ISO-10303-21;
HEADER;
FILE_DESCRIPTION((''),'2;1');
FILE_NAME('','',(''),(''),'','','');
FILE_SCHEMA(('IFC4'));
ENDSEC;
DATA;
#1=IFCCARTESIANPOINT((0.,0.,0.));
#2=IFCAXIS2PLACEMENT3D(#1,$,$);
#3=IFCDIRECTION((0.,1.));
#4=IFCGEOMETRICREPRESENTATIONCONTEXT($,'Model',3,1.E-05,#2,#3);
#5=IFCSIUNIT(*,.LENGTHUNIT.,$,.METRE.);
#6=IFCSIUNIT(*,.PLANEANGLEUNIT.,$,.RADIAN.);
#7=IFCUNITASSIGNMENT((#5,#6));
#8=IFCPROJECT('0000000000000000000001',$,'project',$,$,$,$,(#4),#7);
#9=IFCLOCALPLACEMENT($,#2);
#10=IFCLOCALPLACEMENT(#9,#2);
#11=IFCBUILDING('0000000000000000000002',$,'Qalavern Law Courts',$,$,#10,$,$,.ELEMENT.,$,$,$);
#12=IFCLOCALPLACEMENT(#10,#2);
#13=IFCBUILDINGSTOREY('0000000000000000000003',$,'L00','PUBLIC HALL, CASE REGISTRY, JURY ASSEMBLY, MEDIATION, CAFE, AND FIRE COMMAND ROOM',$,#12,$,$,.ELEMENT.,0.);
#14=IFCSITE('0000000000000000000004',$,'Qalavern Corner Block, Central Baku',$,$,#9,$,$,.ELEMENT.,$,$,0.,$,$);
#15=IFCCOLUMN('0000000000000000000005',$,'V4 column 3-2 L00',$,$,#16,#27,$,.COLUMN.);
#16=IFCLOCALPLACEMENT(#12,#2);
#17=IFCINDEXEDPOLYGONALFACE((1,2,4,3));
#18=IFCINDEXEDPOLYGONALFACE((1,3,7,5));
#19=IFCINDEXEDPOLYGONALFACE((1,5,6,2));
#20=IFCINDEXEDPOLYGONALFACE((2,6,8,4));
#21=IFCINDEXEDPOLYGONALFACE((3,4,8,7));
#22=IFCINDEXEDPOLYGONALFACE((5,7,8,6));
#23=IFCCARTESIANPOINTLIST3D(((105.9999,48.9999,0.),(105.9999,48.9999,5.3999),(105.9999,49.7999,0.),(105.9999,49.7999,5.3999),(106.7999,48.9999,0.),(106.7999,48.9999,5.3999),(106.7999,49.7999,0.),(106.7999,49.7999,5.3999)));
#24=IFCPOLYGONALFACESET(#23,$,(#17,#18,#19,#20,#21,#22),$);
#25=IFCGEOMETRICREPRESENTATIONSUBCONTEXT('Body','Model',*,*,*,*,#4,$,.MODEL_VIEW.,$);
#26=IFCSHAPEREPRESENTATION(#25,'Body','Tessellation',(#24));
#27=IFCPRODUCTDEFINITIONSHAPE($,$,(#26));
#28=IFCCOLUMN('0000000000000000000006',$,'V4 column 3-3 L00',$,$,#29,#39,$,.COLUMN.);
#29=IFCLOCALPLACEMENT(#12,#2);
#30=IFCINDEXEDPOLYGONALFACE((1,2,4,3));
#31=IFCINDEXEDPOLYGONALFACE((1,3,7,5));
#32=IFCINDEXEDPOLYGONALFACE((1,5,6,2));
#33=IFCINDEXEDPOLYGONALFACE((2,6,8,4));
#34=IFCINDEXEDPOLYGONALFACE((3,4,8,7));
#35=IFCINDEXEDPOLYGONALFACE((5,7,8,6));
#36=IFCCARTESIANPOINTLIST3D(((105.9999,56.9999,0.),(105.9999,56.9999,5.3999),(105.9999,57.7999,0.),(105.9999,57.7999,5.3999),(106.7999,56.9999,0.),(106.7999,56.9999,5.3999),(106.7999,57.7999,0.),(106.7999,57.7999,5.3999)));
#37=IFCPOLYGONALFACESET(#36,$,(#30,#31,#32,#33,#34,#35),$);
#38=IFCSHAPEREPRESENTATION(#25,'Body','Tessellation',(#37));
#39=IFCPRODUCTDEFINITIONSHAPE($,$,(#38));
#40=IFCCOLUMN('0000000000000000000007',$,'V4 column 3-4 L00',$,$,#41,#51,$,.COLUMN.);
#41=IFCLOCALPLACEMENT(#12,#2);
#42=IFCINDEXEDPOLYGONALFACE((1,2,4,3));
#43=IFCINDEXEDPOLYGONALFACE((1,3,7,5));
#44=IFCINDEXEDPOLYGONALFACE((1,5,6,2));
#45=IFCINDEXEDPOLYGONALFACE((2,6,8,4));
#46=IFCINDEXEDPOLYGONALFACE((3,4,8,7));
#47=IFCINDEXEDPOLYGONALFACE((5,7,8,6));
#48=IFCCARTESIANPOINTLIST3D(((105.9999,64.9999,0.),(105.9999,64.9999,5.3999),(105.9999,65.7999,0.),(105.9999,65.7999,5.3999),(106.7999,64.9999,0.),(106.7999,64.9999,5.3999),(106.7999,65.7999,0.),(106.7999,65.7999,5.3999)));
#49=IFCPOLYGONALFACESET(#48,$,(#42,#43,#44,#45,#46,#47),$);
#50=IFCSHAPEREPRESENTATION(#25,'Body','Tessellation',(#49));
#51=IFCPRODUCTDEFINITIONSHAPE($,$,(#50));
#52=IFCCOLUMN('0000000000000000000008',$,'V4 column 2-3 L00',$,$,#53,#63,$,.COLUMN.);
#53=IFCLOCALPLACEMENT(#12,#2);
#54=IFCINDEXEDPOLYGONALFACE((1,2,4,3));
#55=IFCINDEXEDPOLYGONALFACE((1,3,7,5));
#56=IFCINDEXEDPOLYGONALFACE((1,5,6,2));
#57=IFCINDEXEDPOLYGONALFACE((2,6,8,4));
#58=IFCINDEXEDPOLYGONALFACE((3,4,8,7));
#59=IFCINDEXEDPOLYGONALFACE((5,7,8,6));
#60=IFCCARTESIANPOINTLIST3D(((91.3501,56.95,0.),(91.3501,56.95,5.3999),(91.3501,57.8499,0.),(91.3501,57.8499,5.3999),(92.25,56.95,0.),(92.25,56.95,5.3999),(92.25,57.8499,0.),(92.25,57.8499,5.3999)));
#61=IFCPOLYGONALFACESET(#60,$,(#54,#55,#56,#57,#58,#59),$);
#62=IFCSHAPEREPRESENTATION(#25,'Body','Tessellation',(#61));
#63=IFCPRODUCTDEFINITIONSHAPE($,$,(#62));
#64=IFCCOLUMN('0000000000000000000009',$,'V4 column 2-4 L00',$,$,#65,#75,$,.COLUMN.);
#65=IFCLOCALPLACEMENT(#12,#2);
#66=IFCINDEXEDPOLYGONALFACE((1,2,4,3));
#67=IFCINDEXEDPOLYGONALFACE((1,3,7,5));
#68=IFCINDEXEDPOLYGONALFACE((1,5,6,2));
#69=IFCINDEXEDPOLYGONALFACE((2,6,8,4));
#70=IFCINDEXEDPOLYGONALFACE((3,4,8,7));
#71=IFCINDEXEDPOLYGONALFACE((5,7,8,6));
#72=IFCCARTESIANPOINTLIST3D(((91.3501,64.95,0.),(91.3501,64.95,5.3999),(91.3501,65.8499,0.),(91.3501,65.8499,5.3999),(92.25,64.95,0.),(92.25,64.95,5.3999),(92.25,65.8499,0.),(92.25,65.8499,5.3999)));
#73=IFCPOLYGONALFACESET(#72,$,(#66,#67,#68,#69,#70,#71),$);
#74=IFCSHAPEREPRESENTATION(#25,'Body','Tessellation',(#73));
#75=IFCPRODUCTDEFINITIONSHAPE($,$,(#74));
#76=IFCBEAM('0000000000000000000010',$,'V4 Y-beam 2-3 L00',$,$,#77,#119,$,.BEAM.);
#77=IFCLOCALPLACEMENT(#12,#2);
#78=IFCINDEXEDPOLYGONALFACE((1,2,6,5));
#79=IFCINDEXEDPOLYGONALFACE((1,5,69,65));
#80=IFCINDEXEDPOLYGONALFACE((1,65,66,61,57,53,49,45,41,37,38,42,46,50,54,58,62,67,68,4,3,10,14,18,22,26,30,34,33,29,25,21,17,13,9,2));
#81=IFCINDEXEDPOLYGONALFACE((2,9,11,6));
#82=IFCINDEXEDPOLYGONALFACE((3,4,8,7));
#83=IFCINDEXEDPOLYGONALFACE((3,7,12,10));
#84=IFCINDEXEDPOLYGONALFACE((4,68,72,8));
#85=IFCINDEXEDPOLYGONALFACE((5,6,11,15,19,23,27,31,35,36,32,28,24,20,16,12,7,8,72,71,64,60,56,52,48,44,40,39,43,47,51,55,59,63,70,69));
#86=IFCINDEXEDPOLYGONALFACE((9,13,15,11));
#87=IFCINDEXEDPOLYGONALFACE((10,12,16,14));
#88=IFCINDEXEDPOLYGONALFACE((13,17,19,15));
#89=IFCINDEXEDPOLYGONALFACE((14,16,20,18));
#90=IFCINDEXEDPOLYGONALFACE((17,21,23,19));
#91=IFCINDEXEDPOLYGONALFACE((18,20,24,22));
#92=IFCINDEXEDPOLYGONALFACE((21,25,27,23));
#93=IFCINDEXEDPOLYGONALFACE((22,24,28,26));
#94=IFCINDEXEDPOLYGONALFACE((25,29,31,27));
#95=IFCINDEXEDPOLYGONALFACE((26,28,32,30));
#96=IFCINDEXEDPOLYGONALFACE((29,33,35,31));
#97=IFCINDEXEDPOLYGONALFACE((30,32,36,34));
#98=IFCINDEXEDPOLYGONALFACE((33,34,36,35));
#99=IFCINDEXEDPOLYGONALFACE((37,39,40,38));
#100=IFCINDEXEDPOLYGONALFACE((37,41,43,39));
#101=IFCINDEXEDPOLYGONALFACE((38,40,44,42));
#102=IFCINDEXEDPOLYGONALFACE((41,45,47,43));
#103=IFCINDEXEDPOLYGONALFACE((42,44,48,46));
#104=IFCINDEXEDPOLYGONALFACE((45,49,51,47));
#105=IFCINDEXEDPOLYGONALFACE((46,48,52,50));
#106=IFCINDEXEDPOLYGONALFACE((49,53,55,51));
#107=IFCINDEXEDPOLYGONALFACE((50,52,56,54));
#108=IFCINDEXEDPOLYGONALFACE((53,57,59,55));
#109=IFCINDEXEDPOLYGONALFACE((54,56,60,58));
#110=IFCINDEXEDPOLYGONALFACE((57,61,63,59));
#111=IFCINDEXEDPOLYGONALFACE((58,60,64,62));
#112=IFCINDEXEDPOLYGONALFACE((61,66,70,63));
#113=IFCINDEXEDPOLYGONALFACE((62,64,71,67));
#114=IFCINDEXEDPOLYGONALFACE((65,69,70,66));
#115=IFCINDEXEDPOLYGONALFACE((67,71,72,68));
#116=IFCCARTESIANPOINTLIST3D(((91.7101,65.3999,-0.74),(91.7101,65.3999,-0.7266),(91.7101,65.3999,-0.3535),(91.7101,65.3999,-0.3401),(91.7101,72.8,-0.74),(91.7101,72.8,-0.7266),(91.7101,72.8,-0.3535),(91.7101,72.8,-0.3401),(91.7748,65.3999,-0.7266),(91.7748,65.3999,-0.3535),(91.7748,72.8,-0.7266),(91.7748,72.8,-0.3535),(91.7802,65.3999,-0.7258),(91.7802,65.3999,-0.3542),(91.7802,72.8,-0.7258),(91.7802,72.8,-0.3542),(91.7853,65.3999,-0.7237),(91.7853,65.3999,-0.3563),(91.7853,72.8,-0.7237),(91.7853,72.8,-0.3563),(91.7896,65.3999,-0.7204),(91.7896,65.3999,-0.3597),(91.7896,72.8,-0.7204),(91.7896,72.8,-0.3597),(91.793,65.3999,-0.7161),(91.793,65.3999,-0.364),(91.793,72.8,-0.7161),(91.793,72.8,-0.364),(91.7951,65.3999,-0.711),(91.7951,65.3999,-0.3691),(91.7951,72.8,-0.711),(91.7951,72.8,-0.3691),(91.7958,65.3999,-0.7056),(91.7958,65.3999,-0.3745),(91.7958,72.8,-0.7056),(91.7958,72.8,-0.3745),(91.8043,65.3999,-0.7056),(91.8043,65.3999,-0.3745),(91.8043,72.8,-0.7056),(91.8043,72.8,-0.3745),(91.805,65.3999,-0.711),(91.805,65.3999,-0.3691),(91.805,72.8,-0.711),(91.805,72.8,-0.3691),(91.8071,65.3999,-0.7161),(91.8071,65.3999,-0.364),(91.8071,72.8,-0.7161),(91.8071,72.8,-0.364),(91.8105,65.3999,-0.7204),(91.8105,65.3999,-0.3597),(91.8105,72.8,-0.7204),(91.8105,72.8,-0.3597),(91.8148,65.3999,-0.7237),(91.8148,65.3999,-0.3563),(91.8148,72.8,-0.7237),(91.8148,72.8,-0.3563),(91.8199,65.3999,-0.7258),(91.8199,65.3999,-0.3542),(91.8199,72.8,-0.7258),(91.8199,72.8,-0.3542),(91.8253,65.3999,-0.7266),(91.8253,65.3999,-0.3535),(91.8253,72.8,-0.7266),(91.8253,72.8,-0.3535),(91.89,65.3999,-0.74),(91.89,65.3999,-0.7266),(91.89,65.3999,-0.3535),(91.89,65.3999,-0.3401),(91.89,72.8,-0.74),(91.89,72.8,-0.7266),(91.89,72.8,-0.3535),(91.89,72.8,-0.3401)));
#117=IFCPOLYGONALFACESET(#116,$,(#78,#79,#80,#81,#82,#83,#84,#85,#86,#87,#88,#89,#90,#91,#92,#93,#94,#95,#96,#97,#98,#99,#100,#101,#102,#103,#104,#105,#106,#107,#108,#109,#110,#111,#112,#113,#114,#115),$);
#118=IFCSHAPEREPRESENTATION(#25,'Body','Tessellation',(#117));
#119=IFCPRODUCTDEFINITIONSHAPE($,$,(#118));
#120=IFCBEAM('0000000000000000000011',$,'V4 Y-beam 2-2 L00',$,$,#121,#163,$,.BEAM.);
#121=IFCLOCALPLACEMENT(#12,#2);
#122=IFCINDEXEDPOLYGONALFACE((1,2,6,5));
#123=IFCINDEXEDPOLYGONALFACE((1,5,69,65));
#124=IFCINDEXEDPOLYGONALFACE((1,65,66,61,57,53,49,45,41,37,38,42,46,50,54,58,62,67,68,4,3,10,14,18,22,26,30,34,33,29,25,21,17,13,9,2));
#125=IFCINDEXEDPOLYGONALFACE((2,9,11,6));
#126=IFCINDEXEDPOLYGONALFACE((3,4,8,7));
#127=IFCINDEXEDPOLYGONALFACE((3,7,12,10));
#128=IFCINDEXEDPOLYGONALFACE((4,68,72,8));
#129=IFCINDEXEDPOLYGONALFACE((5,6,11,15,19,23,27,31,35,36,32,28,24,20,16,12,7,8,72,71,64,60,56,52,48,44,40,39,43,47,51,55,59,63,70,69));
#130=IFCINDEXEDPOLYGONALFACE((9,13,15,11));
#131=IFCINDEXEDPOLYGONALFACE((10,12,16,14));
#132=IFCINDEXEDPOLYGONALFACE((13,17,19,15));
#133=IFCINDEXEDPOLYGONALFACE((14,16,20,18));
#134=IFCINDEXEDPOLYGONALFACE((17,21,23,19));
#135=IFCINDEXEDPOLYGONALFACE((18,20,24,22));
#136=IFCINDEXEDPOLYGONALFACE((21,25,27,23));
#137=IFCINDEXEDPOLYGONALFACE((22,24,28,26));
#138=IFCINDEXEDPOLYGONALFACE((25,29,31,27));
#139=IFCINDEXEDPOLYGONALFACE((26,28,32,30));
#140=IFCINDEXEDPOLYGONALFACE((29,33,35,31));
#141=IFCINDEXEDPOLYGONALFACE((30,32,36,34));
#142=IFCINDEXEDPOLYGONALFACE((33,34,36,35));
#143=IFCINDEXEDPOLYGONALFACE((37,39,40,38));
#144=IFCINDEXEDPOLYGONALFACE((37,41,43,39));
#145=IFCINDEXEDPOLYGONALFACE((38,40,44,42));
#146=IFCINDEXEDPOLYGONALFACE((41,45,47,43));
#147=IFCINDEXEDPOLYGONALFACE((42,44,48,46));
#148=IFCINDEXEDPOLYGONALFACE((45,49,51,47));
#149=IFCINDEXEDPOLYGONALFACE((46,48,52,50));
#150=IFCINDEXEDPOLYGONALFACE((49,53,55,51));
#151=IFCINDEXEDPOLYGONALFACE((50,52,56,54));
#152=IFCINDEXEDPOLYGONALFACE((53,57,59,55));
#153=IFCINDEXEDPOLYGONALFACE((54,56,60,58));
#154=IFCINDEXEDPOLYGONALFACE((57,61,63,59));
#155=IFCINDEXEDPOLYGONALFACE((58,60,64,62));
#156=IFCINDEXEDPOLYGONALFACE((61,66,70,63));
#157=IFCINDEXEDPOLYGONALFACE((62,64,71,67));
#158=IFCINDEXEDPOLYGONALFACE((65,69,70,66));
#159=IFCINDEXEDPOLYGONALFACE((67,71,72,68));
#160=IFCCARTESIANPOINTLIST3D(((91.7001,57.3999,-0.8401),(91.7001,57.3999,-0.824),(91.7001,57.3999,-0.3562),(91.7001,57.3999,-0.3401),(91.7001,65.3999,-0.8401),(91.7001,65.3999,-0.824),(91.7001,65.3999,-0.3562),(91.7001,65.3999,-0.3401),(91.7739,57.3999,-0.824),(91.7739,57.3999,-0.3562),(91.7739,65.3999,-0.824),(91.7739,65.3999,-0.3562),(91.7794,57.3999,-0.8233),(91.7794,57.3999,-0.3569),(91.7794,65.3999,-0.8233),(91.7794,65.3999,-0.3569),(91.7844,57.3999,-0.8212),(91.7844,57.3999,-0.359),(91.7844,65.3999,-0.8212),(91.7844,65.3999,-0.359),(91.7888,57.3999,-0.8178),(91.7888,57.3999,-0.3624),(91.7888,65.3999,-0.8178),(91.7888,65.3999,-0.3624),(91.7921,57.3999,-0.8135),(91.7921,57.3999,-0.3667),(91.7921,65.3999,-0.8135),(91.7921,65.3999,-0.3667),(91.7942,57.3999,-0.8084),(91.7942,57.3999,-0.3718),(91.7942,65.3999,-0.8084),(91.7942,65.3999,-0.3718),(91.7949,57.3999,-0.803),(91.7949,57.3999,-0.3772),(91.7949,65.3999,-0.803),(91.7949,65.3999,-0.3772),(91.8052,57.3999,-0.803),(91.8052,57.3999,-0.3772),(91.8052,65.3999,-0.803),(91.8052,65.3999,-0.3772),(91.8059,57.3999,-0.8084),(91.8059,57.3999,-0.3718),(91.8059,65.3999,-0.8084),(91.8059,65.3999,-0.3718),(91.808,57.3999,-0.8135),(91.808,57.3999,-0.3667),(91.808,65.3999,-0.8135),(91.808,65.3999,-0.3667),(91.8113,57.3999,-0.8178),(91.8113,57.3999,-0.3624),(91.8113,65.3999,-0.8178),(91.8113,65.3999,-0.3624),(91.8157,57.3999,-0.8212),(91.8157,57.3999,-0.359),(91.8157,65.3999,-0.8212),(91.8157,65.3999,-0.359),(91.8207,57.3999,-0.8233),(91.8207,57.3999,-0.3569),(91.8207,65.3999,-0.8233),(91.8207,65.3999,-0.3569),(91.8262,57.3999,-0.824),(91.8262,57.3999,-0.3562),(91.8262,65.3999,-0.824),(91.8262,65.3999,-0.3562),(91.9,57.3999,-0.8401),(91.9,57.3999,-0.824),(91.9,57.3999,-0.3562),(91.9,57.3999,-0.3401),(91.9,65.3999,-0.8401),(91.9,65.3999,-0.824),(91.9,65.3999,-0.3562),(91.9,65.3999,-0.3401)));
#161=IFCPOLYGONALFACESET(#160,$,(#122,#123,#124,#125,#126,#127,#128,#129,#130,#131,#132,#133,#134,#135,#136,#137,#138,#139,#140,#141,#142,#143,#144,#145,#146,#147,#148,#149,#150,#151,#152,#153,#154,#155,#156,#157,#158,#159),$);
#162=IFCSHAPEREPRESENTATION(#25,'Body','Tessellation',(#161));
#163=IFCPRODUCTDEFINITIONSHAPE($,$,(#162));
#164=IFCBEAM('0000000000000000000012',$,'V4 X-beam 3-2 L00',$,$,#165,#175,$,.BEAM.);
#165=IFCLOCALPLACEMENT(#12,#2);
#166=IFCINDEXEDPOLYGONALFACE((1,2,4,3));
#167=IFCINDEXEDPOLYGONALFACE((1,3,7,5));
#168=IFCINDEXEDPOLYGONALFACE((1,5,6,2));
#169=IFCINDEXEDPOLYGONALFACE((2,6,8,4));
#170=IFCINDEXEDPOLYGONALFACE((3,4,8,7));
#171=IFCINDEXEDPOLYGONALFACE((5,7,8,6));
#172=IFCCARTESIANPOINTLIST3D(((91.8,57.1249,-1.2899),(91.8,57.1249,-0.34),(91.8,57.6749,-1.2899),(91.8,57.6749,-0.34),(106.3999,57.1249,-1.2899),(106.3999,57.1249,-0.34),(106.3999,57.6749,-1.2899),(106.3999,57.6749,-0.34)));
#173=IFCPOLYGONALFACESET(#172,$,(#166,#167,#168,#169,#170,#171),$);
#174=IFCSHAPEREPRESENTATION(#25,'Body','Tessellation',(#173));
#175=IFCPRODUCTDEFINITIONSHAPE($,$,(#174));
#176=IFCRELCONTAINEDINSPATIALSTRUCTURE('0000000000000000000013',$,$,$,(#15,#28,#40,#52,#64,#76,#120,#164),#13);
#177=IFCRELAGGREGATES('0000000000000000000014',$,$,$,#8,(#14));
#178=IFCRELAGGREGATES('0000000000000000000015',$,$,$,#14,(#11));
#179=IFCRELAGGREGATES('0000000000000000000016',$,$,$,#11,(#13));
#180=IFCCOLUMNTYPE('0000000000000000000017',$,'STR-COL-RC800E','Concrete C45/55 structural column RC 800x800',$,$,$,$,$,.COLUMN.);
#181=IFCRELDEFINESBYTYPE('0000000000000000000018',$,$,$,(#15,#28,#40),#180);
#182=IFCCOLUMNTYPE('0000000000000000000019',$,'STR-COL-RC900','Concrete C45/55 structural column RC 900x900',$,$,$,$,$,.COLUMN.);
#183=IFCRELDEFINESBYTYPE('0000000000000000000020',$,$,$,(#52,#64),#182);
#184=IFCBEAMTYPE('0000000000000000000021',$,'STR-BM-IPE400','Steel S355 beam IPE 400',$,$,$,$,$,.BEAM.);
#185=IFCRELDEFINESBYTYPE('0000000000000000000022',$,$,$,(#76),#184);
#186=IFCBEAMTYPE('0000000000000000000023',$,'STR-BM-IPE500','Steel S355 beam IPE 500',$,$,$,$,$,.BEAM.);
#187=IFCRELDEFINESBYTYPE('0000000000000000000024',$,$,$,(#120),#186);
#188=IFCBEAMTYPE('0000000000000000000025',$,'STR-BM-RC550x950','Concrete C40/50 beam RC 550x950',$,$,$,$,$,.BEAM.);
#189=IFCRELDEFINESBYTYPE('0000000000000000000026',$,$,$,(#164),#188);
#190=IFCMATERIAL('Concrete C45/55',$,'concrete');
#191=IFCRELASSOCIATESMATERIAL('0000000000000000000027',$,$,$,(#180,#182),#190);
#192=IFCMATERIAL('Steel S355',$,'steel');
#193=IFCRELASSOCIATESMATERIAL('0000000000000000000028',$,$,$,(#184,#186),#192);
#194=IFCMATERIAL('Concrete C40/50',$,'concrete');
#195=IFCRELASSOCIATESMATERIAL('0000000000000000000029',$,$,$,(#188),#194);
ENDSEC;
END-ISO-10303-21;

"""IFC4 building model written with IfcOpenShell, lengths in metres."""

from ifc_helpers import new_model, si_unit, direction, frame, origin, origin_2d, place, context, subcontext, project, spatial, rectangle, i_section, extrude, material, material_profile, profile_set, type_object, element, save


model = new_model("IFC4")

# Units and contexts
model_context = context("Model", 3, precision=1e-05, world=origin(), true_north=direction((0.0, 1.0)))
body_context = subcontext(model_context, "Body", "Model", "MODEL_VIEW")
ifc_project = project(units=[si_unit("LENGTHUNIT", "METRE"), si_unit("PLANEANGLEUNIT", "RADIAN")], contexts=[model_context])

# Site, building, storey
site_placement = place(None, origin())
site = spatial("IfcSite", under=ifc_project, at=site_placement, Name="Qalavern Corner Block, Central Baku", CompositionType="ELEMENT", RefElevation=0.0)
building_placement = place(site_placement, origin())
building = spatial("IfcBuilding", under=site, at=building_placement, Name="Qalavern Law Courts", CompositionType="ELEMENT")
storey_placement = place(building_placement, origin())
storey = spatial("IfcBuildingStorey", under=building, at=storey_placement, Name="L00", Description="PUBLIC HALL, CASE REGISTRY, JURY ASSEMBLY, MEDIATION, CAFE, AND FIRE COMMAND ROOM", CompositionType="ELEMENT", Elevation=0.0)

# Columns
ifc_material_1 = material(Name="Concrete C45/55", Category="concrete")
ifc_material_profile_1 = material_profile(ifc_material_1, rectangle(XDim=0.8, YDim=0.8, at=origin_2d()), Name="RC 800x800")
ifc_profile_set_1 = profile_set([ifc_material_profile_1], Name="Concrete C45/55")
column_type_1 = type_object("IfcColumnType", Name="STR-COL-RC800E", Description="Concrete C45/55 structural column RC 800x800", PredefinedType="COLUMN", material=ifc_profile_set_1)
for number, where, z_axis, x_axis, name in (
    (1, (106.3999, 49.3999, 0.0), (0.0, 0.0, 1.0), (1.0, 0.0, 0.0), "V4 column 3-2 L00"),
    (2, (106.3999, 57.3999, 0.0), (0.0, 0.0, 1.0), (1.0, 0.0, 0.0), "V4 column 3-3 L00"),
    (3, (106.3999, 65.3999, 0.0), (0.0, 0.0, 1.0), (1.0, 0.0, 0.0), "V4 column 3-4 L00"),
):
    element("IfcColumn", number, at=place(storey_placement, frame(where, z_axis=z_axis, x_axis=x_axis)), inside=storey, type_object=column_type_1, Name=name, PredefinedType="COLUMN", context=body_context, shape_type="SweptSolid", body=[
        extrude(rectangle(XDim=0.8, YDim=0.8, at=origin_2d()), origin(), (0.0, 0.0, 1.0), 5.3999),
    ])
ifc_material_profile_2 = material_profile(ifc_material_1, rectangle(XDim=0.8999, YDim=0.8999, at=origin_2d()), Name="RC 900x900")
ifc_profile_set_2 = profile_set([ifc_material_profile_2], Name="Concrete C45/55")
column_type_2 = type_object("IfcColumnType", Name="STR-COL-RC900", Description="Concrete C45/55 structural column RC 900x900", PredefinedType="COLUMN", material=ifc_profile_set_2)
for number, where, z_axis, x_axis, name in (
    (4, (91.8, 57.3999, 0.0), (0.0, 0.0, 1.0), (1.0, 0.0, 0.0), "V4 column 2-3 L00"),
    (5, (91.8, 65.3999, 0.0), (0.0, 0.0, 1.0), (1.0, 0.0, 0.0), "V4 column 2-4 L00"),
):
    element("IfcColumn", number, at=place(storey_placement, frame(where, z_axis=z_axis, x_axis=x_axis)), inside=storey, type_object=column_type_2, Name=name, PredefinedType="COLUMN", context=body_context, shape_type="SweptSolid", body=[
        extrude(rectangle(XDim=0.8999, YDim=0.8999, at=origin_2d()), origin(), (0.0, 0.0, 1.0), 5.3999),
    ])

# Beams
ifc_material_2 = material(Name="Steel S355", Category="steel")
ifc_material_profile_3 = material_profile(ifc_material_2, i_section(OverallWidth=0.1799, OverallDepth=0.3999, WebThickness=0.0085, FlangeThickness=0.0134, FilletRadius=0.021, at=origin_2d()), Name="IPE 400")
ifc_profile_set_3 = profile_set([ifc_material_profile_3], Name="Steel S355")
beam_type_1 = type_object("IfcBeamType", Name="STR-BM-IPE400", Description="Steel S355 beam IPE 400", PredefinedType="BEAM", material=ifc_profile_set_3)
beam_1_placement = place(storey_placement, frame((91.8, 65.3999, -0.54), z_axis=(0.0, 1.0, 0.0), x_axis=(-1.0, 0.0, 0.0)))
element("IfcBeam", 6, at=beam_1_placement, inside=storey, type_object=beam_type_1, Name="V4 Y-beam 2-3 L00", PredefinedType="BEAM", context=body_context, shape_type="SweptSolid", body=[
    extrude(i_section(OverallWidth=0.1799, OverallDepth=0.3999, WebThickness=0.0085, FlangeThickness=0.0134, FilletRadius=0.021, at=origin_2d()), origin(), (0.0, 0.0, 1.0), 7.4001),
])
ifc_material_profile_4 = material_profile(ifc_material_2, i_section(OverallWidth=0.2, OverallDepth=0.5, WebThickness=0.0103, FlangeThickness=0.0161, FilletRadius=0.021, at=origin_2d()), Name="IPE 500")
ifc_profile_set_4 = profile_set([ifc_material_profile_4], Name="Steel S355")
beam_type_2 = type_object("IfcBeamType", Name="STR-BM-IPE500", Description="Steel S355 beam IPE 500", PredefinedType="BEAM", material=ifc_profile_set_4)
beam_2_placement = place(storey_placement, frame((91.8, 57.3999, -0.5901), z_axis=(0.0, 1.0, 0.0), x_axis=(-1.0, 0.0, 0.0)))
element("IfcBeam", 7, at=beam_2_placement, inside=storey, type_object=beam_type_2, Name="V4 Y-beam 2-2 L00", PredefinedType="BEAM", context=body_context, shape_type="SweptSolid", body=[
    extrude(i_section(OverallWidth=0.2, OverallDepth=0.5, WebThickness=0.0103, FlangeThickness=0.0161, FilletRadius=0.021, at=origin_2d()), origin(), (0.0, 0.0, 1.0), 8.0),
])
ifc_material_3 = material(Name="Concrete C40/50", Category="concrete")
ifc_material_profile_5 = material_profile(ifc_material_3, rectangle(XDim=0.55, YDim=0.95, at=origin_2d()), Name="RC 550x950")
ifc_profile_set_5 = profile_set([ifc_material_profile_5], Name="Concrete C40/50")
beam_type_3 = type_object("IfcBeamType", Name="STR-BM-RC550x950", Description="Concrete C40/50 beam RC 550x950", PredefinedType="BEAM", material=ifc_profile_set_5)
beam_3_placement = place(storey_placement, frame((91.8, 57.3999, -0.8149), z_axis=(1.0, 0.0, 0.0), x_axis=(0.0, 1.0, 0.0)))
element("IfcBeam", 8, at=beam_3_placement, inside=storey, type_object=beam_type_3, Name="V4 X-beam 3-2 L00", PredefinedType="BEAM", context=body_context, shape_type="SweptSolid", body=[
    extrude(rectangle(XDim=0.55, YDim=0.95, at=origin_2d()), origin(), (0.0, 0.0, 1.0), 14.5999),
])

save(model, "model.ifc")
